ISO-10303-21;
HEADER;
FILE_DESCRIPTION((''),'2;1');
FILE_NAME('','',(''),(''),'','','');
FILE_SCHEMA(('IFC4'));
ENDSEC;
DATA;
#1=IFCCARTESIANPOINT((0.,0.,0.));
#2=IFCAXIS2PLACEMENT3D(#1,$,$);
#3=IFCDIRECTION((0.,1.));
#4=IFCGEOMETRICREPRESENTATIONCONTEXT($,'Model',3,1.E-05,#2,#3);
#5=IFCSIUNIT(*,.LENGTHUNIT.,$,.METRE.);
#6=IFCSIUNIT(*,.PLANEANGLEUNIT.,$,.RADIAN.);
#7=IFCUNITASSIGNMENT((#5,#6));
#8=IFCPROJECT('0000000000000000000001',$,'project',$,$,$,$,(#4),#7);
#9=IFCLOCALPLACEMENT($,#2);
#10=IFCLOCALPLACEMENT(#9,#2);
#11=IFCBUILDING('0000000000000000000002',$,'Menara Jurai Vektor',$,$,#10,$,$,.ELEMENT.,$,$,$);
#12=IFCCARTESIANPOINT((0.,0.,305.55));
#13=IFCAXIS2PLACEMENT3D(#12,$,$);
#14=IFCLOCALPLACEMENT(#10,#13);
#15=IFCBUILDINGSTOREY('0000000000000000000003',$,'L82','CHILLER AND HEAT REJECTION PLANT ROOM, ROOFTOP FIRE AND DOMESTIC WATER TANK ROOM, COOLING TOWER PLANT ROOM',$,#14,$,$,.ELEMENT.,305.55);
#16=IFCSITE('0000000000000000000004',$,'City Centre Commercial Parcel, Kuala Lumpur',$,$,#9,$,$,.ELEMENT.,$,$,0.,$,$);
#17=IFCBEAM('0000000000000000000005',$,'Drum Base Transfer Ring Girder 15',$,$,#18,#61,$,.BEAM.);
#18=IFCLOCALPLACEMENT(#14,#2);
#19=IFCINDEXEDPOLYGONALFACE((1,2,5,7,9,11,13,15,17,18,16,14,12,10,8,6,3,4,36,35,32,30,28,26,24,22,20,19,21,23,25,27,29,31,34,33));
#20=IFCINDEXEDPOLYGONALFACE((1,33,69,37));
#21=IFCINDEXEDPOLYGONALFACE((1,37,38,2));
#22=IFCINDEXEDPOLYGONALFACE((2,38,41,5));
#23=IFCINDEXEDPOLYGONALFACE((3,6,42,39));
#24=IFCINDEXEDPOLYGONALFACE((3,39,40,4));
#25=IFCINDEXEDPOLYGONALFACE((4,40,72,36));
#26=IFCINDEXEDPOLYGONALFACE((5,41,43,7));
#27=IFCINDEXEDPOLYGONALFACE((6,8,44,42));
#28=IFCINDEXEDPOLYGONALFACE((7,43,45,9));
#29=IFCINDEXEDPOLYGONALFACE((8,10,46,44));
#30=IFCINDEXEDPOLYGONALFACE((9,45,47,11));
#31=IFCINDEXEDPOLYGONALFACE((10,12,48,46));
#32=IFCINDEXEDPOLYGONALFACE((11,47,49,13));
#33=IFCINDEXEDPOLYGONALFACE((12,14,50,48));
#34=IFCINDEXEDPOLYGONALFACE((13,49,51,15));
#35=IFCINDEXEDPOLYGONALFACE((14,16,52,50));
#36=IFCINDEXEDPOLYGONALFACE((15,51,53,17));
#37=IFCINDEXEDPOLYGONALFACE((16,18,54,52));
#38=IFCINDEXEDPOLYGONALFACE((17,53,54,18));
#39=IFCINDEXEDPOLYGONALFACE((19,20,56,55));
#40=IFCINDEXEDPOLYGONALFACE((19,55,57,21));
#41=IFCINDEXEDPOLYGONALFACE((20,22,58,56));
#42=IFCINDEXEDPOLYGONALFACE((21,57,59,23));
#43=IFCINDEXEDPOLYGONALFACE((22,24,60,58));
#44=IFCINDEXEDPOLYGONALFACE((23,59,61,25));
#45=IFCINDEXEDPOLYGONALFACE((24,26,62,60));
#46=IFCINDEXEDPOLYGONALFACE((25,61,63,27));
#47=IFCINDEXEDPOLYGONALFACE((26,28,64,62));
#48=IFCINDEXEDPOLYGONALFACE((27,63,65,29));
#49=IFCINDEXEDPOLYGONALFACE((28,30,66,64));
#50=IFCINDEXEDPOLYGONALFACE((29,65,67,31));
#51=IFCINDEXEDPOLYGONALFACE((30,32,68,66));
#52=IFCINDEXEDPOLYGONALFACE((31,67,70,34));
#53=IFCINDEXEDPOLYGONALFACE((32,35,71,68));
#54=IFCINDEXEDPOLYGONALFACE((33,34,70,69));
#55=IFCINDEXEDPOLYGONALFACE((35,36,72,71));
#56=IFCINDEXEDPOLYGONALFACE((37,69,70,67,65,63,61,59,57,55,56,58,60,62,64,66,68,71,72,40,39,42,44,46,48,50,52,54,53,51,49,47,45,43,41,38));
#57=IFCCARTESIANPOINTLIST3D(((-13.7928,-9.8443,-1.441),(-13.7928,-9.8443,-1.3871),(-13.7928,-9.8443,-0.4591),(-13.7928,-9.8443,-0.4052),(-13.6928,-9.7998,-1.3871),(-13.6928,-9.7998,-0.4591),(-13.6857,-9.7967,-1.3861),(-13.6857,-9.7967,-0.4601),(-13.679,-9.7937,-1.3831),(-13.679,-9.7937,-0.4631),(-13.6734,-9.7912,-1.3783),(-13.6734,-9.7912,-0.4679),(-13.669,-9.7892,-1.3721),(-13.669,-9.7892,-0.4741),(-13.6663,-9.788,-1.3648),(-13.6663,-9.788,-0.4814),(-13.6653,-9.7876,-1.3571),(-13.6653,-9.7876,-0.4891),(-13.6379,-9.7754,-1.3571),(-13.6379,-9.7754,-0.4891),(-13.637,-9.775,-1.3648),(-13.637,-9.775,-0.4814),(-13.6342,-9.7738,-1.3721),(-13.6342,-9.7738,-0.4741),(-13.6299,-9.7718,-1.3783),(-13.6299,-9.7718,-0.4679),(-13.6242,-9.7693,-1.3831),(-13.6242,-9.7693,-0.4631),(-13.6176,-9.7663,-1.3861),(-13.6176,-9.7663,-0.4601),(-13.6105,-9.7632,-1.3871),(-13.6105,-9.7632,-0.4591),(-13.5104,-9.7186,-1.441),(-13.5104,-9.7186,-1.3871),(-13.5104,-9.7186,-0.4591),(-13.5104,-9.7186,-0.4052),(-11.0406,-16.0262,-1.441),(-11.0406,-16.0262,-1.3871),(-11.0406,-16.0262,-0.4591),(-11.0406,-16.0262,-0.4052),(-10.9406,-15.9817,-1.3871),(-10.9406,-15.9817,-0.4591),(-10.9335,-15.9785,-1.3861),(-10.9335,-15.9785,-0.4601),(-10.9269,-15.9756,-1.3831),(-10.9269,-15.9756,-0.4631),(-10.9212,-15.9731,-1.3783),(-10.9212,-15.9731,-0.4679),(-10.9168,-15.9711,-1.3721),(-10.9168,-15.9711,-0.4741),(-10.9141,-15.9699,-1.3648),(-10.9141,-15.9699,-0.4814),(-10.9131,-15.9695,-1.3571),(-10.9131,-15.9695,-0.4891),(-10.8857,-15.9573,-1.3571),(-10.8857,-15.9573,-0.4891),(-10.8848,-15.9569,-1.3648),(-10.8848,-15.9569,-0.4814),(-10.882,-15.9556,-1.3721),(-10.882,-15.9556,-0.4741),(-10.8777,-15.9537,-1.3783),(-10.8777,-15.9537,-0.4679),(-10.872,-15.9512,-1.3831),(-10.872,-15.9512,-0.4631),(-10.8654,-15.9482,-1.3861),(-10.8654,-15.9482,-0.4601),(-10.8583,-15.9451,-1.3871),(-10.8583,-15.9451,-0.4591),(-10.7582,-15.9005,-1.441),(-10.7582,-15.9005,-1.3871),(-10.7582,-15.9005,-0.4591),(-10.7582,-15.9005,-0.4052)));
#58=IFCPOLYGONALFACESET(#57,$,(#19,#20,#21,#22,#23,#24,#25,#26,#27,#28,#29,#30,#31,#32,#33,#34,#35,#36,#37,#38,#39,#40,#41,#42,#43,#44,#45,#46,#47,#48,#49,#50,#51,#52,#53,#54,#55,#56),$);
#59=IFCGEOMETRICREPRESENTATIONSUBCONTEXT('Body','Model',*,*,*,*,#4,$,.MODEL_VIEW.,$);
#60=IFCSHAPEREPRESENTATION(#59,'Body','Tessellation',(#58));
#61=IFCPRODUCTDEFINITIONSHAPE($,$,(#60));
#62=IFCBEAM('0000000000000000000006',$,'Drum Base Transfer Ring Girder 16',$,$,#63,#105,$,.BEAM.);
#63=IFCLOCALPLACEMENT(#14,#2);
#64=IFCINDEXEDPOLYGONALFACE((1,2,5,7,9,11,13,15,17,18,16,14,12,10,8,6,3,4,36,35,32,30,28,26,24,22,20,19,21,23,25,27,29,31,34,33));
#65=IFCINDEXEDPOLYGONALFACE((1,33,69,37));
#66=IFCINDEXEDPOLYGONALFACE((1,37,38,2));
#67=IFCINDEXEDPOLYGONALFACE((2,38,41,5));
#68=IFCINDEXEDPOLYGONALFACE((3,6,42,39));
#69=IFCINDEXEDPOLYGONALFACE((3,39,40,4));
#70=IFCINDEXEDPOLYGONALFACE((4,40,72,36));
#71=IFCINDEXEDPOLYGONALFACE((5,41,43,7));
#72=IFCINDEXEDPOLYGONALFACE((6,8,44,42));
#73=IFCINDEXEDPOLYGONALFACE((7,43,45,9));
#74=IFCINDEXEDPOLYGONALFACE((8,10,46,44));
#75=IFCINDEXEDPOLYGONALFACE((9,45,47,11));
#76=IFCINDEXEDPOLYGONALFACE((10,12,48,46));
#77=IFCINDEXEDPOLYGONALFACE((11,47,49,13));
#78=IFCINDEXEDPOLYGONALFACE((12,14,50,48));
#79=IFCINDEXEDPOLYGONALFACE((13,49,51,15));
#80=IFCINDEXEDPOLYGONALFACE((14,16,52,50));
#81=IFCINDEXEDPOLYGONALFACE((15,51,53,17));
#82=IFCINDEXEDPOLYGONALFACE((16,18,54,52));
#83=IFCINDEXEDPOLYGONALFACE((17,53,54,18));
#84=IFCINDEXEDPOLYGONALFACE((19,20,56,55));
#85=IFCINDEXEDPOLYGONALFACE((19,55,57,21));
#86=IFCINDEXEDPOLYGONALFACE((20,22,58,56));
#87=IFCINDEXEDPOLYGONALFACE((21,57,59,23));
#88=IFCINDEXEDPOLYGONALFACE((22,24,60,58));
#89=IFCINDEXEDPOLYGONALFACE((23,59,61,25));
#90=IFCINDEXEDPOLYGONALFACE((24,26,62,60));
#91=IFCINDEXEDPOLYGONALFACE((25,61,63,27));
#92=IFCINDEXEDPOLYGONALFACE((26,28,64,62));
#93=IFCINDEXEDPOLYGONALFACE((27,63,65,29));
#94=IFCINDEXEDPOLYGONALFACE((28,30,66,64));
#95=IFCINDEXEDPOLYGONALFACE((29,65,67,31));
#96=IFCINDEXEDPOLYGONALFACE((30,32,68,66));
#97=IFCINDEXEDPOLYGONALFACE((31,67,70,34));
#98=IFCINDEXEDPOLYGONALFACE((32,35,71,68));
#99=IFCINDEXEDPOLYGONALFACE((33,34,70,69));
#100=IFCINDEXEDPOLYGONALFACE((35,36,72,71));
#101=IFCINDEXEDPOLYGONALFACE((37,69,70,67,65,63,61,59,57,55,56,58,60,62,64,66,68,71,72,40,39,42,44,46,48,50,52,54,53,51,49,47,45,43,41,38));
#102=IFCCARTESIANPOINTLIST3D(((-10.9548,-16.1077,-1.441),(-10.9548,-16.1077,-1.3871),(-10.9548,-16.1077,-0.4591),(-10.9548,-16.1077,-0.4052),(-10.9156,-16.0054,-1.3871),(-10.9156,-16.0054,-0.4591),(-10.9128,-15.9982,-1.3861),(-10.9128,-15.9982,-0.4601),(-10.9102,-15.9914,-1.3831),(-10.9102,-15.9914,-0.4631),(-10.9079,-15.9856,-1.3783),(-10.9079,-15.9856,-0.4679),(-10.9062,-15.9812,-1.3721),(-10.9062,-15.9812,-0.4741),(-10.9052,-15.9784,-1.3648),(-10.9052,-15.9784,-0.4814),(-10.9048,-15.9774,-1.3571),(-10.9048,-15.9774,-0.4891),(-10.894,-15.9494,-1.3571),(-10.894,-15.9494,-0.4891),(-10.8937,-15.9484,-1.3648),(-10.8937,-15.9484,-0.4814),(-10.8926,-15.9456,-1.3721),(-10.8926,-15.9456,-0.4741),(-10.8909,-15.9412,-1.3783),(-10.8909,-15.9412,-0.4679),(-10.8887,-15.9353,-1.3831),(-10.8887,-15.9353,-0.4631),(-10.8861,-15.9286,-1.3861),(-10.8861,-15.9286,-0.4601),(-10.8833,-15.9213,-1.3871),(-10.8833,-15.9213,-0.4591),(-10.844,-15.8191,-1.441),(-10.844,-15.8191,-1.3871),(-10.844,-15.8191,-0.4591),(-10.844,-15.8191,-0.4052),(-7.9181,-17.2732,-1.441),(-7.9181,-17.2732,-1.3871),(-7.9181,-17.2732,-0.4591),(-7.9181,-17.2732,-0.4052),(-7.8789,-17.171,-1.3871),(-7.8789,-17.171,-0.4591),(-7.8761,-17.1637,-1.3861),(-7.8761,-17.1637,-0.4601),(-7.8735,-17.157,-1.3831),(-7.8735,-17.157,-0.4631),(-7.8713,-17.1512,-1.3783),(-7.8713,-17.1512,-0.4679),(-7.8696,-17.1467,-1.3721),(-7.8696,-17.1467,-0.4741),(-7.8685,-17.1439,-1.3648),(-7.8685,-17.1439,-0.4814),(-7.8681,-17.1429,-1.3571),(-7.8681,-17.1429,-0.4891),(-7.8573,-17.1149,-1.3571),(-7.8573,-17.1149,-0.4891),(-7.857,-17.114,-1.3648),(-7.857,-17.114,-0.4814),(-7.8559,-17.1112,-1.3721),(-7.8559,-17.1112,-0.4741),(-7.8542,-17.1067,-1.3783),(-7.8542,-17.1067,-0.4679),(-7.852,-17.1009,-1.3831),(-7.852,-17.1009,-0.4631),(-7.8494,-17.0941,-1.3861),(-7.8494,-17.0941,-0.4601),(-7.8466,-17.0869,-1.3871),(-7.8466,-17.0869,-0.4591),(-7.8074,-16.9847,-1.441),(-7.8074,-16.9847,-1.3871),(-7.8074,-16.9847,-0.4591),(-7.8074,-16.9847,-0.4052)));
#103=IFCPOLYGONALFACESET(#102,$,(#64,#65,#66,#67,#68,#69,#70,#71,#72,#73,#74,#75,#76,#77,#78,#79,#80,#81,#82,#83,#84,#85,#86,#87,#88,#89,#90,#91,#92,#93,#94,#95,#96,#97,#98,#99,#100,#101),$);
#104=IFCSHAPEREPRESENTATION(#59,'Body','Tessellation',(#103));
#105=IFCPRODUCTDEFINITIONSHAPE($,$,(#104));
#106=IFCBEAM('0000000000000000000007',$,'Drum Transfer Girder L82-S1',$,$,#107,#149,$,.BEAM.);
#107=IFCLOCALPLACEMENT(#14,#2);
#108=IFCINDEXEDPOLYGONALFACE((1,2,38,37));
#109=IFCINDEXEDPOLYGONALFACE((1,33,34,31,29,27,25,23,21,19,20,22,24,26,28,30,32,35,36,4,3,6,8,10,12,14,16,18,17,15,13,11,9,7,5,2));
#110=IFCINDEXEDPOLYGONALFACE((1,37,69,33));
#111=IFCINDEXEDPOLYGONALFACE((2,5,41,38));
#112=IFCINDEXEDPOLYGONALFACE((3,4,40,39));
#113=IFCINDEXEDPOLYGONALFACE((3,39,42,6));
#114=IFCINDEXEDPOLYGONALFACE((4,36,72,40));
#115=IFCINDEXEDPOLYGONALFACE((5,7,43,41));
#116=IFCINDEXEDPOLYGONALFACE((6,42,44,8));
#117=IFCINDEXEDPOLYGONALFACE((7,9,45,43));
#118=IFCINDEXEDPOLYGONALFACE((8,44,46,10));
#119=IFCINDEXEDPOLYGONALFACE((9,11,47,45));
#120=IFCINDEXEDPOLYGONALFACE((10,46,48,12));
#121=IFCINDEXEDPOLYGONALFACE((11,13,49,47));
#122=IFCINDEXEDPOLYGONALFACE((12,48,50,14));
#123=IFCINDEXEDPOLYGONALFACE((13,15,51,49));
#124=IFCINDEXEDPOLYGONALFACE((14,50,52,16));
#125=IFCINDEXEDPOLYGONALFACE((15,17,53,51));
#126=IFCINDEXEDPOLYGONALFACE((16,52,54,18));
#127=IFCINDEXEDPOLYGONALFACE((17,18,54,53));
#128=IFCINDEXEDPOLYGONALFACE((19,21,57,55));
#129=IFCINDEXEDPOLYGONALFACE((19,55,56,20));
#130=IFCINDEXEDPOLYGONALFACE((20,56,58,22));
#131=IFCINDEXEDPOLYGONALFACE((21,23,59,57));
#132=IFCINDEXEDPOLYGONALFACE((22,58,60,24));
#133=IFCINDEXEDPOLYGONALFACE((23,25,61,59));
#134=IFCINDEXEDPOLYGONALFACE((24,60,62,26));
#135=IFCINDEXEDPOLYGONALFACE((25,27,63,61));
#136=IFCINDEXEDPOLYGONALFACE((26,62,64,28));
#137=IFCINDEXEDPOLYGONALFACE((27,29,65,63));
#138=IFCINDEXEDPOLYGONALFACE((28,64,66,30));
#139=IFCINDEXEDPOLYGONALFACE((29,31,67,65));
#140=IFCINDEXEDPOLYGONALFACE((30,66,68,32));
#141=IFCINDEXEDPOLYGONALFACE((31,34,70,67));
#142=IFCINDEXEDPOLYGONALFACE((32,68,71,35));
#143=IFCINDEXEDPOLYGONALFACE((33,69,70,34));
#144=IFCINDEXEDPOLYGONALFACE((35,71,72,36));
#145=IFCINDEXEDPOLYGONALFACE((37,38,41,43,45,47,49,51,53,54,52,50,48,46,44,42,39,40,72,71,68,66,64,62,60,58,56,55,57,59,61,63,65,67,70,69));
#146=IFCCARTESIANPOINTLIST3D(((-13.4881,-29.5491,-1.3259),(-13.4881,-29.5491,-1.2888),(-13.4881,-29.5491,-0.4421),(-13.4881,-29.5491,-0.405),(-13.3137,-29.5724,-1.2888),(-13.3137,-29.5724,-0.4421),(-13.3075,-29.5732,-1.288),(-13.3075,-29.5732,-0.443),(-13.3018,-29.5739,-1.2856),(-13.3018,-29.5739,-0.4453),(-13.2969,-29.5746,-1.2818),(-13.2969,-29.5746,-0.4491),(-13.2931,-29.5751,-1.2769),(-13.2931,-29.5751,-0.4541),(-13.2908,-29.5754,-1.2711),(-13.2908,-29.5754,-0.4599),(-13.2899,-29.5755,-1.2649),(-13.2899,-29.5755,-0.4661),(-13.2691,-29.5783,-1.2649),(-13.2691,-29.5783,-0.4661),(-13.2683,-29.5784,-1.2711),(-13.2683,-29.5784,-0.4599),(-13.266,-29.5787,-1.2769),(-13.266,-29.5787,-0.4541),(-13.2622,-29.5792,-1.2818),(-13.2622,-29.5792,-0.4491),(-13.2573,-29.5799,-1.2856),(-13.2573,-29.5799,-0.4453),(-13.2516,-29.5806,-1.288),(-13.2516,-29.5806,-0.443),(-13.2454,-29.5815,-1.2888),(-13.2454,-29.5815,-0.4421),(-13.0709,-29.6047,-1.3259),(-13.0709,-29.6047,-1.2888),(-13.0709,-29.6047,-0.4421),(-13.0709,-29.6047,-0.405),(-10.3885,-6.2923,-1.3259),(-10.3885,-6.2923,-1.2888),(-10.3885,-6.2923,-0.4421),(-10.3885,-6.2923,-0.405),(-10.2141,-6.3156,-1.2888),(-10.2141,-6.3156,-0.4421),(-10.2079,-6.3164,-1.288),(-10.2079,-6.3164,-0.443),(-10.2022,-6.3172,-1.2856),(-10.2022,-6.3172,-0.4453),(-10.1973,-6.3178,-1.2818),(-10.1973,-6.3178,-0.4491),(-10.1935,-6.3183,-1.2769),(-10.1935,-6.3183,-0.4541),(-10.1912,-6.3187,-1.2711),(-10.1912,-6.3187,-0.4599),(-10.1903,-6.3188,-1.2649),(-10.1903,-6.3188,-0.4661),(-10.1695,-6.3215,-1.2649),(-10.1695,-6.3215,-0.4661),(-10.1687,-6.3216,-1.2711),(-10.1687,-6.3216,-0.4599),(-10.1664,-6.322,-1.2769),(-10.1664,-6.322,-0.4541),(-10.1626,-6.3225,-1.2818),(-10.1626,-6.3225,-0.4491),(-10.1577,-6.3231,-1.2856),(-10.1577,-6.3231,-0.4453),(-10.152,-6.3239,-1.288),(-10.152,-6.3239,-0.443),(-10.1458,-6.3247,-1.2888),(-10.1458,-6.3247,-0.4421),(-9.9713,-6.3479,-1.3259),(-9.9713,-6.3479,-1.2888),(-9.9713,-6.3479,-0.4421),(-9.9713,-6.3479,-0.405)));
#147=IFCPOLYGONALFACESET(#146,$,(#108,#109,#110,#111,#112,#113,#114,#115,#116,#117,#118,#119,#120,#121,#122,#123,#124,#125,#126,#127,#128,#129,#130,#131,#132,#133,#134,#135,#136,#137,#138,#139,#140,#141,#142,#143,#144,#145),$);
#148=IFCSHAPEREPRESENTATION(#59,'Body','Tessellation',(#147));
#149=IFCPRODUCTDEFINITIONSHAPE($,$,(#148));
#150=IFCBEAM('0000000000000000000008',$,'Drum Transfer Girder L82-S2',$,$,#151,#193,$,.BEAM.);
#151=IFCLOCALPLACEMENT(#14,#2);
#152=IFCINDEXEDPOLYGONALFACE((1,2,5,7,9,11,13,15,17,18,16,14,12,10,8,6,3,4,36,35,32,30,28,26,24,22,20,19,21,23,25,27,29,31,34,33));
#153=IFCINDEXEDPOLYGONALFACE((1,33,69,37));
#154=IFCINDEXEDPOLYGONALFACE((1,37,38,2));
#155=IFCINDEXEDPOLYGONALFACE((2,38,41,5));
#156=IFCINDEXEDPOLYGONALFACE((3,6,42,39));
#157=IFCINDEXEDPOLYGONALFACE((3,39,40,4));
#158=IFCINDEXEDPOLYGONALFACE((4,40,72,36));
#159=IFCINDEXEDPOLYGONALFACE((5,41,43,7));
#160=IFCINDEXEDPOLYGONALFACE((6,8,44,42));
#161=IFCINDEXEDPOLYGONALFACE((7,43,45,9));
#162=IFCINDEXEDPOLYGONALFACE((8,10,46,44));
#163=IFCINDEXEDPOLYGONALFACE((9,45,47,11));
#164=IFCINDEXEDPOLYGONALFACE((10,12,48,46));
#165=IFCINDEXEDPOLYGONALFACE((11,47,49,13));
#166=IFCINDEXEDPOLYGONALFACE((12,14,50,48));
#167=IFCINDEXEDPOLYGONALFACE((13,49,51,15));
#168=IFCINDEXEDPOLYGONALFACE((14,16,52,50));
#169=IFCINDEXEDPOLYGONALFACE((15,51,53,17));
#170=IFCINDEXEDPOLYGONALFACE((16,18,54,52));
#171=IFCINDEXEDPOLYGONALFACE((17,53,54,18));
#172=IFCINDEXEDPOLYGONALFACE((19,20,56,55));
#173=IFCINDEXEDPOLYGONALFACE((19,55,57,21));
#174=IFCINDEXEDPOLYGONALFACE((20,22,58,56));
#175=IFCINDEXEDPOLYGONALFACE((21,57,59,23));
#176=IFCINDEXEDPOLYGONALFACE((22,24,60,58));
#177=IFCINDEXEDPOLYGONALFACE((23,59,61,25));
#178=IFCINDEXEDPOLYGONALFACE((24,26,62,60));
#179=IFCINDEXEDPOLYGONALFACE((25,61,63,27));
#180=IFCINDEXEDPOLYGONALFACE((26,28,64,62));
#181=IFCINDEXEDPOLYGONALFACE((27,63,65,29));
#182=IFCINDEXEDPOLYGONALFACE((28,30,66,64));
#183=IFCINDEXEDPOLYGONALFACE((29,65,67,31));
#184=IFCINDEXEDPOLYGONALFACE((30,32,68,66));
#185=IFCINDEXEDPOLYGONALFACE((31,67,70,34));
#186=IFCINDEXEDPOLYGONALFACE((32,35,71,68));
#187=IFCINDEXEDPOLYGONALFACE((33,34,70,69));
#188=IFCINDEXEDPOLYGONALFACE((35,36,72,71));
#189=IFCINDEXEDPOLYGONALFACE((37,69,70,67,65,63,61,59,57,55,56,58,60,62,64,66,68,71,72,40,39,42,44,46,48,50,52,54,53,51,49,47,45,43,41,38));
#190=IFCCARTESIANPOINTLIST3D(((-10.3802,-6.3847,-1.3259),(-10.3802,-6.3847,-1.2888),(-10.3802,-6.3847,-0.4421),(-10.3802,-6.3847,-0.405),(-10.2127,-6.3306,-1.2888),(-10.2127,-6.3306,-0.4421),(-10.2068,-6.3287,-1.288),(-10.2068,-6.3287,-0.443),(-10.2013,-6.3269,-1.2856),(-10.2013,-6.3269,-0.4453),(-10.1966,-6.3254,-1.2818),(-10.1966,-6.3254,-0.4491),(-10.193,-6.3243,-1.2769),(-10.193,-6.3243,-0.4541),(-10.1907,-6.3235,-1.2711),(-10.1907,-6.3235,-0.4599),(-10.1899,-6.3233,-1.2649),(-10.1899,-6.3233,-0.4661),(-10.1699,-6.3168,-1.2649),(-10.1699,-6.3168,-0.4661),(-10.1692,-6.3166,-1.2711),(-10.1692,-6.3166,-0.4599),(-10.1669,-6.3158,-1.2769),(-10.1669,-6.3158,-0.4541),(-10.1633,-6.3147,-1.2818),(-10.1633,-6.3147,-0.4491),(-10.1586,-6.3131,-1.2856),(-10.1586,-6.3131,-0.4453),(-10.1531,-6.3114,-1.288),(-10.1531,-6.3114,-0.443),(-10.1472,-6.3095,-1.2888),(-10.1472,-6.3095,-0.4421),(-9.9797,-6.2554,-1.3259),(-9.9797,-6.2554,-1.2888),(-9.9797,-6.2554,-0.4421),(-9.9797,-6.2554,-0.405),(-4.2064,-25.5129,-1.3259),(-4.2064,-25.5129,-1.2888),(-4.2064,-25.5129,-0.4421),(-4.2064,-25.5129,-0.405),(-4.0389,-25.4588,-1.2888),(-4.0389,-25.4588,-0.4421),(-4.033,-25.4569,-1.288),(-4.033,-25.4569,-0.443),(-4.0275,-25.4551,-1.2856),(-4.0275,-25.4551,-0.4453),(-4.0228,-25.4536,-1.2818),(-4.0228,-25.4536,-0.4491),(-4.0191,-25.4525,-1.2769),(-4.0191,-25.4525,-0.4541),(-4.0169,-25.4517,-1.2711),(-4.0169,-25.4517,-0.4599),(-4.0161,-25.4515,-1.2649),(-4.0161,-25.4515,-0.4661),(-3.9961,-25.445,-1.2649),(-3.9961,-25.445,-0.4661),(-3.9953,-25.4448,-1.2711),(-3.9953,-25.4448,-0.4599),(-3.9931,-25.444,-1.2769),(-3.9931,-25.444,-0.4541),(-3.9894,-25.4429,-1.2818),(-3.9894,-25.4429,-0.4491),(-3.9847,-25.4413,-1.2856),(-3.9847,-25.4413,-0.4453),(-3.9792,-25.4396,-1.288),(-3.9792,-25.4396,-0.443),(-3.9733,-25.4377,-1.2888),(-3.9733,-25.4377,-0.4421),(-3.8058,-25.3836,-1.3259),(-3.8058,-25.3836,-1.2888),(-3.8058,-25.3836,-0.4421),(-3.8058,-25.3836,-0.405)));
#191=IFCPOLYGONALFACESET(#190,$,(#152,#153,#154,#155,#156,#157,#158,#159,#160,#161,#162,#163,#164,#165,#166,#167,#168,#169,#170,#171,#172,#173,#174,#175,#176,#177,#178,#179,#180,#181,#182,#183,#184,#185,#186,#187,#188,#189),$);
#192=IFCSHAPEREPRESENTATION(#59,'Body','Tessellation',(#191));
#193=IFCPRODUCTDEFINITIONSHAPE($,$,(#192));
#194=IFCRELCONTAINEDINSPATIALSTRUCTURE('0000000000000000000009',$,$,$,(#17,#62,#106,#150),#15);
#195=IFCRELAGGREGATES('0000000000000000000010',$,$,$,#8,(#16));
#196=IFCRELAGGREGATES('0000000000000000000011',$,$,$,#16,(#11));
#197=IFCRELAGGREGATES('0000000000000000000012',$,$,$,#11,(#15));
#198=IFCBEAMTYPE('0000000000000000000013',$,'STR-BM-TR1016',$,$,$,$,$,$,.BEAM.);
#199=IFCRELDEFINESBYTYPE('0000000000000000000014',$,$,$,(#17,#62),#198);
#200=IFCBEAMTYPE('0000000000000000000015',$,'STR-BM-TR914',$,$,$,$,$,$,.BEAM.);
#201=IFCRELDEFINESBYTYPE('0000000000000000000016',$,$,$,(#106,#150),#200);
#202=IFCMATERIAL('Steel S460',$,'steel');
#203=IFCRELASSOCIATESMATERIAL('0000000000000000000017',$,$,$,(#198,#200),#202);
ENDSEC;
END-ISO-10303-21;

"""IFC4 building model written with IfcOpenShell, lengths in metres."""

from ifc_helpers import new_model, si_unit, direction, frame, origin, origin_2d, place, context, subcontext, project, spatial, i_section, extrude, material, material_profile, profile_set, type_object, element, save


model = new_model("IFC4")

# Units and contexts
model_context = context("Model", 3, precision=1e-05, world=origin(), true_north=direction((0.0, 1.0)))
body_context = subcontext(model_context, "Body", "Model", "MODEL_VIEW")
ifc_project = project(units=[si_unit("LENGTHUNIT", "METRE"), si_unit("PLANEANGLEUNIT", "RADIAN")], contexts=[model_context])

# Site, building, storey
site_placement = place(None, origin())
site = spatial("IfcSite", under=ifc_project, at=site_placement, Name="City Centre Commercial Parcel, Kuala Lumpur", CompositionType="ELEMENT", RefElevation=0.0)
building_placement = place(site_placement, origin())
building = spatial("IfcBuilding", under=site, at=building_placement, Name="Menara Jurai Vektor", CompositionType="ELEMENT")
storey_placement = place(building_placement, frame((0.0, 0.0, 305.55)))
storey = spatial("IfcBuildingStorey", under=building, at=storey_placement, Name="L82", Description="CHILLER AND HEAT REJECTION PLANT ROOM, ROOFTOP FIRE AND DOMESTIC WATER TANK ROOM, COOLING TOWER PLANT ROOM", CompositionType="ELEMENT", Elevation=305.55)

# Shared definitions
ifc_material_1 = material(Name="Steel S460", Category="steel")

# Beams
ifc_material_profile_1 = material_profile(ifc_material_1, i_section(OverallWidth=0.3091, OverallDepth=1.0359, WebThickness=0.03, FlangeThickness=0.054, FilletRadius=0.03, at=origin_2d()), Name="UKB 1016x305x487")
ifc_profile_set_1 = profile_set([ifc_material_profile_1], Name="Steel S460")
beam_type_1 = type_object("IfcBeamType", Name="STR-BM-TR1016", PredefinedType="BEAM", material=ifc_profile_set_1)
beam_1_placement = place(storey_placement, frame((-13.6516, -9.7815, -0.9231), z_axis=(0.406718, -0.913554, 0.0), x_axis=(0.913554, 0.406718, 0.0)))
element("IfcBeam", 1, at=beam_1_placement, inside=storey, type_object=beam_type_1, Name="Drum Base Transfer Ring Girder 15", PredefinedType="BEAM", context=body_context, shape_type="SweptSolid", body=[
    extrude(i_section(OverallWidth=0.3091, OverallDepth=1.0359, WebThickness=0.03, FlangeThickness=0.054, FilletRadius=0.03, at=origin_2d()), origin(), (0.0, 0.0, 1.0), 6.7668),
])
beam_2_placement = place(storey_placement, frame((-10.8994, -15.9634, -0.9231), z_axis=(0.933593, -0.358335, 0.0), x_axis=(0.358335, 0.933593, 0.0)))
element("IfcBeam", 2, at=beam_2_placement, inside=storey, type_object=beam_type_1, Name="Drum Base Transfer Ring Girder 16", PredefinedType="BEAM", context=body_context, shape_type="SweptSolid", body=[
    extrude(i_section(OverallWidth=0.3091, OverallDepth=1.0359, WebThickness=0.03, FlangeThickness=0.054, FilletRadius=0.03, at=origin_2d()), origin(), (0.0, 0.0, 1.0), 3.2527),
])
ifc_material_profile_2 = material_profile(ifc_material_1, i_section(OverallWidth=0.4209, OverallDepth=0.9209, WebThickness=0.021, FlangeThickness=0.0371, FilletRadius=0.0239, at=origin_2d()), Name="UKB 914x419x388")
ifc_profile_set_2 = profile_set([ifc_material_profile_2], Name="Steel S460")
beam_type_2 = type_object("IfcBeamType", Name="STR-BM-TR914", PredefinedType="BEAM", material=ifc_profile_set_2)
beam_3_placement = place(storey_placement, frame((-13.2795, -29.5769, -0.8655), z_axis=(0.132109, 0.991235, 0.0), x_axis=(-0.991235, 0.132109, 0.0)))
element("IfcBeam", 3, at=beam_3_placement, inside=storey, type_object=beam_type_2, Name="Drum Transfer Girder L82-S1", PredefinedType="BEAM", context=body_context, shape_type="SweptSolid", body=[
    extrude(i_section(OverallWidth=0.4209, OverallDepth=0.9209, WebThickness=0.021, FlangeThickness=0.0371, FilletRadius=0.0239, at=origin_2d()), origin(), (0.0, 0.0, 1.0), 23.4624),
])
beam_4_placement = place(storey_placement, frame((-4.0061, -25.4482, -0.8655), z_axis=(-0.307158, 0.951658, 0.0), x_axis=(-0.951658, -0.307158, 0.0)))
element("IfcBeam", 4, at=beam_4_placement, inside=storey, type_object=beam_type_2, Name="Drum Transfer Girder L82-S2", PredefinedType="BEAM", context=body_context, shape_type="SweptSolid", body=[
    extrude(i_section(OverallWidth=0.4209, OverallDepth=0.9209, WebThickness=0.021, FlangeThickness=0.0371, FilletRadius=0.0239, at=origin_2d()), origin(), (0.0, 0.0, 1.0), 20.0999),
])

save(model, "model.ifc")
